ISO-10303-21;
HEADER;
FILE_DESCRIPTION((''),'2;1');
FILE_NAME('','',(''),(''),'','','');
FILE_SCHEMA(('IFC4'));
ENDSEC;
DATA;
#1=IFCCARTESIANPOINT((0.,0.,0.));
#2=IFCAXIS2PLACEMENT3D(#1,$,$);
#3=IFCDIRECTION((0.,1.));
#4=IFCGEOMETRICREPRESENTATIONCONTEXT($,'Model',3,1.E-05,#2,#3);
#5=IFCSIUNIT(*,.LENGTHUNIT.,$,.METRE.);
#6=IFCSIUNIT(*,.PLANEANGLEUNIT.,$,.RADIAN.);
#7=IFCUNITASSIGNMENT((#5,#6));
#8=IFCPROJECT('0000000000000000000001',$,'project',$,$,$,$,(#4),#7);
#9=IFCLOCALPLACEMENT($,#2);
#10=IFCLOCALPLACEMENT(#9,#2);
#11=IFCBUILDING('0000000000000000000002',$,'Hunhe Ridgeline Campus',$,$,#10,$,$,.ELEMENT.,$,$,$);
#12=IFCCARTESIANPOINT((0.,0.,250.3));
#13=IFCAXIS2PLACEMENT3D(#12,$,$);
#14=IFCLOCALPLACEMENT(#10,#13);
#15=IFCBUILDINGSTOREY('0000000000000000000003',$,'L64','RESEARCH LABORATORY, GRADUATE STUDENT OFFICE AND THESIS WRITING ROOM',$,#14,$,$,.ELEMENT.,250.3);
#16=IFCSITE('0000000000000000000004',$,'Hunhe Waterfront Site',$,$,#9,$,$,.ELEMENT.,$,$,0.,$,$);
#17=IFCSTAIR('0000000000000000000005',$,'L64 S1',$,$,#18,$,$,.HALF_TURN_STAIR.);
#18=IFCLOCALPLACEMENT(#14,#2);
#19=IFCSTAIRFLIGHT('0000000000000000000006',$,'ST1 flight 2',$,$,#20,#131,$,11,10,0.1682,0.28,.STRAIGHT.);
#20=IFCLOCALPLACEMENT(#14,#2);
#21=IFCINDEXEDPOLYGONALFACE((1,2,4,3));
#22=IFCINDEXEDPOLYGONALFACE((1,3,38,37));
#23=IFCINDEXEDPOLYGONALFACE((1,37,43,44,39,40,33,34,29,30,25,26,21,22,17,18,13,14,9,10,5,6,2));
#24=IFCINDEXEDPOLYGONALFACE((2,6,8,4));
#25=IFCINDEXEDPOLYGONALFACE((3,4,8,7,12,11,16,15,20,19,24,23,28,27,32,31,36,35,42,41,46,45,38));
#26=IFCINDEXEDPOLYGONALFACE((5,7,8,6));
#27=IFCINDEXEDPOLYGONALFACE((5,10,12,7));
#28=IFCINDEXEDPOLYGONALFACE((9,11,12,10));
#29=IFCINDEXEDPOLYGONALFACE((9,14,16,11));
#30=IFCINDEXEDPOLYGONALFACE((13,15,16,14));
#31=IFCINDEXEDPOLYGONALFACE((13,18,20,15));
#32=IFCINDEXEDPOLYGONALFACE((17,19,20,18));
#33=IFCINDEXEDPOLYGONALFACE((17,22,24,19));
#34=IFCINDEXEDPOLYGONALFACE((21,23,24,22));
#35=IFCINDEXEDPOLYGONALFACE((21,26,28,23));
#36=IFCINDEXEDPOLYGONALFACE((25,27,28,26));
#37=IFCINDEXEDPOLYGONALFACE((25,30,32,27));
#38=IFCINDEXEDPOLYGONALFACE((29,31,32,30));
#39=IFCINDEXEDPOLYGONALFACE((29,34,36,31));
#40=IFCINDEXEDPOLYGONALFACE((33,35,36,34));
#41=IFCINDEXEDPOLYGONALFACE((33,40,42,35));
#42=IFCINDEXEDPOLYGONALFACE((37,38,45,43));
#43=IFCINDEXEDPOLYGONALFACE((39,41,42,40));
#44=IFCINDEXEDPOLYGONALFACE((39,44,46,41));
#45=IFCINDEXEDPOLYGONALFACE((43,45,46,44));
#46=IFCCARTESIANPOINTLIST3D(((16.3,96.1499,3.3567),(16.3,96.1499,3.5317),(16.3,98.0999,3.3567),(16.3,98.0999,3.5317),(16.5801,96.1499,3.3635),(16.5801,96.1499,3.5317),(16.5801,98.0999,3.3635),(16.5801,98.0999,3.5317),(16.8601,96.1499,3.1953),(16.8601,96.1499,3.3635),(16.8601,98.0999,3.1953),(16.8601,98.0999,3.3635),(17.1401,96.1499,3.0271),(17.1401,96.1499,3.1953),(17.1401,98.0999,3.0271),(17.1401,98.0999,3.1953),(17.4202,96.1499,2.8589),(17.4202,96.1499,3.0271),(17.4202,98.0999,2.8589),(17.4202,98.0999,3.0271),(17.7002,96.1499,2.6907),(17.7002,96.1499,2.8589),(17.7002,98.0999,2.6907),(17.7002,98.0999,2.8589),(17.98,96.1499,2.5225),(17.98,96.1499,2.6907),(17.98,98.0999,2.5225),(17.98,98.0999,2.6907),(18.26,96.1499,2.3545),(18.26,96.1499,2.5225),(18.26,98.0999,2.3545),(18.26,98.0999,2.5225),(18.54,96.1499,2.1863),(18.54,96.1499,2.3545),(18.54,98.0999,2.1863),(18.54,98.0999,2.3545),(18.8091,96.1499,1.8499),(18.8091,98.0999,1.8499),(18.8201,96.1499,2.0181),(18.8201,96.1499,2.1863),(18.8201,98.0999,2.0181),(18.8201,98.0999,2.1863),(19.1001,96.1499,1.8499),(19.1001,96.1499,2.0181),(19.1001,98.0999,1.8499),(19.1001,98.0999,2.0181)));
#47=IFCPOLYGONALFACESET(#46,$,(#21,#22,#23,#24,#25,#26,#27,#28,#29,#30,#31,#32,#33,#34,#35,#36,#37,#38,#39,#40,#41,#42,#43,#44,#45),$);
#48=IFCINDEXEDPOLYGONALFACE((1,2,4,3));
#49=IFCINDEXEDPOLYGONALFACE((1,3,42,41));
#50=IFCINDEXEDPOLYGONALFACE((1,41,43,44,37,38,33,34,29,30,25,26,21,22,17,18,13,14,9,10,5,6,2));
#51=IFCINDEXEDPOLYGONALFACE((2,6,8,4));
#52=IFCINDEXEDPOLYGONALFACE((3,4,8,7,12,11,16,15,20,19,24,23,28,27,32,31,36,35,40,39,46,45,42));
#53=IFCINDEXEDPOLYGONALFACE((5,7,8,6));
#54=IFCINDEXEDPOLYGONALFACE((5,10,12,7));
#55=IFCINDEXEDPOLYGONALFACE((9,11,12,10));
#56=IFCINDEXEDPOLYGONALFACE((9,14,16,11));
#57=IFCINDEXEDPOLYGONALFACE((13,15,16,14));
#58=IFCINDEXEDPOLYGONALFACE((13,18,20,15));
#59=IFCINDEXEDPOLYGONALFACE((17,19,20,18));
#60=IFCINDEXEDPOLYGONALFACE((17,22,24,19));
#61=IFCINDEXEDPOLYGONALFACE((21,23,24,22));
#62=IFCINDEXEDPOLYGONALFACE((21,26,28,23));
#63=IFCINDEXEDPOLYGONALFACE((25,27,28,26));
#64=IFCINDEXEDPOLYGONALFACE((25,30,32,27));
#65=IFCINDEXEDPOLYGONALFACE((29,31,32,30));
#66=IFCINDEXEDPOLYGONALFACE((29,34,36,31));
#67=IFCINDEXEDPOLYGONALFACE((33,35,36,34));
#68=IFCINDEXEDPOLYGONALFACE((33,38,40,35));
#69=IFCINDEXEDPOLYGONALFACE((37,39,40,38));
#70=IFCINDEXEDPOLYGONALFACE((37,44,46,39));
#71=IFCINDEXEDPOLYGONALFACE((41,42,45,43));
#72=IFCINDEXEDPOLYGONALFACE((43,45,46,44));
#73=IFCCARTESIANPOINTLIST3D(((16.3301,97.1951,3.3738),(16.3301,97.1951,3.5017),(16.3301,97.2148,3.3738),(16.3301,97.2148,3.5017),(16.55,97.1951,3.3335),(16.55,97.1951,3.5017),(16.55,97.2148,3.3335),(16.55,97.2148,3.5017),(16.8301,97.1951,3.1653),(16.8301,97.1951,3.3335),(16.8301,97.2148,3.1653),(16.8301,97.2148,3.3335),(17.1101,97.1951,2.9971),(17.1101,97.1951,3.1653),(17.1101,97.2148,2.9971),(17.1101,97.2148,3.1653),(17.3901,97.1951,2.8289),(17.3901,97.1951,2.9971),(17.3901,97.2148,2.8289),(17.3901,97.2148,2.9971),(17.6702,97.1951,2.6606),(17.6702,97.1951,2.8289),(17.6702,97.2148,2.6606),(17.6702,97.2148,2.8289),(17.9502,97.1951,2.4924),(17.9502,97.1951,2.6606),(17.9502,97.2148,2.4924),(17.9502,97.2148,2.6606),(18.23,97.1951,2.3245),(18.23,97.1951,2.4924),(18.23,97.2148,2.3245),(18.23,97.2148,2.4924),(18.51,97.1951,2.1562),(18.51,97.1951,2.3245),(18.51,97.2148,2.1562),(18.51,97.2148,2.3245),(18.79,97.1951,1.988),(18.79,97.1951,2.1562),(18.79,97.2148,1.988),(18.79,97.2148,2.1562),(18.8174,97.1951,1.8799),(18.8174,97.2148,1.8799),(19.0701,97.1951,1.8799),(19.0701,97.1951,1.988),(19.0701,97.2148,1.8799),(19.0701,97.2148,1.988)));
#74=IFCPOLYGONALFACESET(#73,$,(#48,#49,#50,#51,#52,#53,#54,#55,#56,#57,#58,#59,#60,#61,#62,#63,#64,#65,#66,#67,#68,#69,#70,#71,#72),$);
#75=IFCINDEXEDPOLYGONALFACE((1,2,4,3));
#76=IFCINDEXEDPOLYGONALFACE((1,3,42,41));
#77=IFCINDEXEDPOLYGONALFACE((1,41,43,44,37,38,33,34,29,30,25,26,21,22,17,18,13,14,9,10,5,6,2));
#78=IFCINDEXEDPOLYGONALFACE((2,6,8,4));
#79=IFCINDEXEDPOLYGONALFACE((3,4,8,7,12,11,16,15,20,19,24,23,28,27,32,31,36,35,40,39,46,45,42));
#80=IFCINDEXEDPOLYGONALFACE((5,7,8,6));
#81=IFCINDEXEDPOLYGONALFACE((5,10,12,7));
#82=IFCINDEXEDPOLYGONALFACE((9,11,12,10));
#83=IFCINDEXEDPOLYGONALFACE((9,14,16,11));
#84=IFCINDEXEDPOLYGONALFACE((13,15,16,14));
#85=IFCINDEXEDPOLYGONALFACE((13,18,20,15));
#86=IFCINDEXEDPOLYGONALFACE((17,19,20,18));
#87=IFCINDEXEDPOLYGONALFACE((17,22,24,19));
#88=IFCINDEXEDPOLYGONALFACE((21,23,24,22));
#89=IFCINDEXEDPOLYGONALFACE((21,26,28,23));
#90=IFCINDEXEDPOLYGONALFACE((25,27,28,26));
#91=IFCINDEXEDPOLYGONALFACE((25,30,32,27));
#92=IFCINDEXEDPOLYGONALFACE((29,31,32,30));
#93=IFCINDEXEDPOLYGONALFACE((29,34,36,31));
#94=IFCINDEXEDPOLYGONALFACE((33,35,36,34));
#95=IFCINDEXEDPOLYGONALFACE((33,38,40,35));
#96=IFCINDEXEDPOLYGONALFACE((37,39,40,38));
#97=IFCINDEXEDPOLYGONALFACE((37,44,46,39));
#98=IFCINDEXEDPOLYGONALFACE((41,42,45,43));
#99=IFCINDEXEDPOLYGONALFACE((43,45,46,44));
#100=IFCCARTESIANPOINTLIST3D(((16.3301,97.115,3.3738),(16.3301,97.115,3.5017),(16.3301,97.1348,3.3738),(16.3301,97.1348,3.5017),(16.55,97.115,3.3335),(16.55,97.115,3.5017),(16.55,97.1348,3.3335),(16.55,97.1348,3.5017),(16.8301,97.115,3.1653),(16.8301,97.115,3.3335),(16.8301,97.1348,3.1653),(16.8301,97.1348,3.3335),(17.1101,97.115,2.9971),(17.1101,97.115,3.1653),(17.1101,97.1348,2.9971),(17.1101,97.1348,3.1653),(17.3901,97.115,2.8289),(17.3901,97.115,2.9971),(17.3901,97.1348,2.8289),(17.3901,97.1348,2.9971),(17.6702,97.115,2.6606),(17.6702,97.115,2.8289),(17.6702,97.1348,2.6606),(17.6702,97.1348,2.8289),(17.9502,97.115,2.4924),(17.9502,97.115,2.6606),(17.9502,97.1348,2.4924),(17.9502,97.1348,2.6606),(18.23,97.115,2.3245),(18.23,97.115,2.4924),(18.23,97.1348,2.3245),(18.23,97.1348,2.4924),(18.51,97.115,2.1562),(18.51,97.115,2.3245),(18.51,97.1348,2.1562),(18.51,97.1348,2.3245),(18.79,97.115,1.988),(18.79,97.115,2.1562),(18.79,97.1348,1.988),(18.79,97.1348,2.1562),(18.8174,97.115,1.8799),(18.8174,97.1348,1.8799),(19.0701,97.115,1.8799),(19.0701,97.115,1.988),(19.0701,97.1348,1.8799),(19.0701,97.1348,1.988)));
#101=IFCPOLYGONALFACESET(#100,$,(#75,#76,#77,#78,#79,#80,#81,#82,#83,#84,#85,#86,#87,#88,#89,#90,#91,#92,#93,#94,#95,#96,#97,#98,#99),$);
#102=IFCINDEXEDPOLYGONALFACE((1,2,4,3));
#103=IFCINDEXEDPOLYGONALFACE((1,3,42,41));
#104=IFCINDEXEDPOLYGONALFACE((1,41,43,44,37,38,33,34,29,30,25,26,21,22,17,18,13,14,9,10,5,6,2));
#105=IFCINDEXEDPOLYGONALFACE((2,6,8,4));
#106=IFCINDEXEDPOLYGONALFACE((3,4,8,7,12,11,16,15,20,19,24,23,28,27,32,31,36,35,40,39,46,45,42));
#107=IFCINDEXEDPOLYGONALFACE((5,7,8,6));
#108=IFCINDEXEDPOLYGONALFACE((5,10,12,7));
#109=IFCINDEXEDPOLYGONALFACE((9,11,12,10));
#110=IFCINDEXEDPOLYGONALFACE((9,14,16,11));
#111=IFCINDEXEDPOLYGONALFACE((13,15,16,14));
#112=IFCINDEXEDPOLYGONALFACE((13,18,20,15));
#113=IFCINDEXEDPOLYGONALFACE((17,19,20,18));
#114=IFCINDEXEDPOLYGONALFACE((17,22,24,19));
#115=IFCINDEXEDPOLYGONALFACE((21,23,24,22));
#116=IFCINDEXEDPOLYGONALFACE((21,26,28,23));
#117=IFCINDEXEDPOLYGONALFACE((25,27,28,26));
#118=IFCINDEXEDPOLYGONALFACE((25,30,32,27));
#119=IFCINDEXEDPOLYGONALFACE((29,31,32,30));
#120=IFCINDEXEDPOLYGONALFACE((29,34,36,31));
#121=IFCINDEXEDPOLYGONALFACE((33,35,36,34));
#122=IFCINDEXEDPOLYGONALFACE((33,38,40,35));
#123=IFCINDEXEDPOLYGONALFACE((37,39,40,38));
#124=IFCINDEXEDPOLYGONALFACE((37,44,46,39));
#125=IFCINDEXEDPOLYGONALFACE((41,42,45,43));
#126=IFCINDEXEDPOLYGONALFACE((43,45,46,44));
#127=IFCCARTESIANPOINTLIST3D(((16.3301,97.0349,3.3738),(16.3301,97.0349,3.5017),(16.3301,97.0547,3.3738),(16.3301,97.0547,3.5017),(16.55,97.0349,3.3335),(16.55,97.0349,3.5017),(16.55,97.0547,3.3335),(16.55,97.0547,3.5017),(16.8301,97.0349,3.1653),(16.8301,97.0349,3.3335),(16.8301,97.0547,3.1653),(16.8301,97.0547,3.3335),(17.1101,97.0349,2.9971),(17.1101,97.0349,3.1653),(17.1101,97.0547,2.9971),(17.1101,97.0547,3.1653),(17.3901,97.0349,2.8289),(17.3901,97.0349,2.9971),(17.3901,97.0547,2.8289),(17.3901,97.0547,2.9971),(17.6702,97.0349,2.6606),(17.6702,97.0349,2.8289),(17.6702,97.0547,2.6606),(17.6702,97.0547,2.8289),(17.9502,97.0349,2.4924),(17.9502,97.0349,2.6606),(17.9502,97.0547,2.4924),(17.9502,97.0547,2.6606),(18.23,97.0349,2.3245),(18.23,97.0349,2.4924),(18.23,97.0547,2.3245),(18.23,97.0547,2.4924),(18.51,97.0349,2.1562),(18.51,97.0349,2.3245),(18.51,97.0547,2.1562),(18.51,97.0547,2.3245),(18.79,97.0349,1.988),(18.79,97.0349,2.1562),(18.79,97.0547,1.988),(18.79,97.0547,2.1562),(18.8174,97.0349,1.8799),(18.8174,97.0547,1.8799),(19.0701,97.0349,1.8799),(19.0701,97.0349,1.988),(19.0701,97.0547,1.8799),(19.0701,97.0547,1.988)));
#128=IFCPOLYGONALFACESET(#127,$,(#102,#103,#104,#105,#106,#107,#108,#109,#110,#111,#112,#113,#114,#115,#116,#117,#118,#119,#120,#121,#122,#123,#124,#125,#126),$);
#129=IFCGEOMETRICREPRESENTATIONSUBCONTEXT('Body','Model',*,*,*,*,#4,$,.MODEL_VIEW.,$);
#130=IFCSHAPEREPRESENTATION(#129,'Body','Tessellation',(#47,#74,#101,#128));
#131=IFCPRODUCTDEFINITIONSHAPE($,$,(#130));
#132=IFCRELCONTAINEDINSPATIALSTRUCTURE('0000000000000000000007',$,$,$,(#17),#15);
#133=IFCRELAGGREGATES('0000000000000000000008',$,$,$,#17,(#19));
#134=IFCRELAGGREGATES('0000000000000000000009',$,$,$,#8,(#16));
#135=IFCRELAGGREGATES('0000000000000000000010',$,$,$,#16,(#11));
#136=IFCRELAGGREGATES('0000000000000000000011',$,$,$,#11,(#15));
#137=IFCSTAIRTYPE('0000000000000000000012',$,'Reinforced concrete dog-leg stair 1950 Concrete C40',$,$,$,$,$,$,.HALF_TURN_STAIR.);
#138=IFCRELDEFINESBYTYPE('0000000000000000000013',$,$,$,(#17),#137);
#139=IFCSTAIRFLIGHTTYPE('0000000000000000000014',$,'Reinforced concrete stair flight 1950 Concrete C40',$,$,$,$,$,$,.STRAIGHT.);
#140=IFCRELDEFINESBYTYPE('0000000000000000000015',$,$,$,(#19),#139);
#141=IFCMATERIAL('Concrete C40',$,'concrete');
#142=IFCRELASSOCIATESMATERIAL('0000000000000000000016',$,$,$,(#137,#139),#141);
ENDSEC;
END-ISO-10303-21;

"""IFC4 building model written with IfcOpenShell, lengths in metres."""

from ifc_helpers import new_model, si_unit, direction, frame, origin, place, context, subcontext, project, spatial, polyline, outline, extrude, material, type_object, element, aggregate, save


model = new_model("IFC4")

# Units and contexts
model_context = context("Model", 3, precision=1e-05, world=origin(), true_north=direction((0.0, 1.0)))
body_context = subcontext(model_context, "Body", "Model", "MODEL_VIEW")
ifc_project = project(units=[si_unit("LENGTHUNIT", "METRE"), si_unit("PLANEANGLEUNIT", "RADIAN")], contexts=[model_context])

# Site, building, storey
site_placement = place(None, origin())
site = spatial("IfcSite", under=ifc_project, at=site_placement, Name="Hunhe Waterfront Site", CompositionType="ELEMENT", RefElevation=0.0)
building_placement = place(site_placement, origin())
building = spatial("IfcBuilding", under=site, at=building_placement, Name="Hunhe Ridgeline Campus", CompositionType="ELEMENT")
storey_placement = place(building_placement, frame((0.0, 0.0, 250.3)))
storey = spatial("IfcBuildingStorey", under=building, at=storey_placement, Name="L64", Description="RESEARCH LABORATORY, GRADUATE STUDENT OFFICE AND THESIS WRITING ROOM", CompositionType="ELEMENT", Elevation=250.3)

# Stair, stair flight
ifc_material_1 = material(Name="Concrete C40", Category="concrete")
stair_type = type_object("IfcStairType", Name="Reinforced concrete dog-leg stair 1950 Concrete C40", PredefinedType="HALF_TURN_STAIR", material=ifc_material_1)
stair_placement = place(storey_placement, origin())
stair = element("IfcStair", 1, at=stair_placement, inside=storey, type_object=stair_type, Name="L64 S1", PredefinedType="HALF_TURN_STAIR")
stair_flight_type = type_object("IfcStairFlightType", Name="Reinforced concrete stair flight 1950 Concrete C40", PredefinedType="STRAIGHT", material=ifc_material_1)
stair_flight_1_placement = place(storey_placement, frame((19.1001, 97.125, 1.8499), z_axis=(0.0, 0.0, 1.0), x_axis=(-1.0, 0.0, 0.0)))
stair_flight_1 = element("IfcStairFlight", 2, at=stair_flight_1_placement, type_object=stair_flight_type, Name="ST1 flight 2", NumberOfRisers=11, NumberOfTreads=10, PredefinedType="STRAIGHT", RiserHeight=0.1682, TreadLength=0.28, context=body_context, shape_type="SweptSolid", body=[
    extrude(outline(polyline([(0.0, 0.0), (0.0, 0.1682), (0.28, 0.1682), (0.28, 0.3364), (0.5601, 0.3364), (0.5601, 0.5046), (0.8401, 0.5046), (0.8401, 0.6726), (1.1201, 0.6726), (1.1201, 0.8408), (1.3999, 0.8408), (1.3999, 1.009), (1.6799, 1.009), (1.6799, 1.1772), (1.96, 1.1772), (1.96, 1.3455), (2.24, 1.3455), (2.24, 1.5137), (2.52, 1.5137), (2.52, 1.6819), (2.8, 1.6819), (2.8, 1.8501), (2.8, 1.5068), (0.291, 0.0), (0.0, 0.0)])), frame((0.0, 0.9751, 0.0), z_axis=(0.0, -1.0, 0.0), x_axis=(1.0, 0.0, 0.0)), (0.0, 0.0, 1.0), 1.95),
    extrude(outline(polyline([(0.03, 0.03), (0.03, 0.1382), (0.3101, 0.1382), (0.3101, 0.3064), (0.5901, 0.3064), (0.5901, 0.4746), (0.8701, 0.4746), (0.8701, 0.6426), (1.1499, 0.6426), (1.1499, 0.8108), (1.4299, 0.8108), (1.4299, 0.979), (1.71, 0.979), (1.71, 1.1472), (1.99, 1.1472), (1.99, 1.3154), (2.27, 1.3154), (2.27, 1.4836), (2.55, 1.4836), (2.55, 1.6519), (2.77, 1.6519), (2.77, 1.5239), (0.2827, 0.03), (0.03, 0.03)])), frame((0.0, -0.0701, 0.0), z_axis=(0.0, -1.0, 0.0), x_axis=(1.0, 0.0, 0.0)), (0.0, 0.0, 1.0), 0.0198),
    extrude(outline(polyline([(0.03, 0.03), (0.03, 0.1382), (0.3101, 0.1382), (0.3101, 0.3064), (0.5901, 0.3064), (0.5901, 0.4746), (0.8701, 0.4746), (0.8701, 0.6426), (1.1499, 0.6426), (1.1499, 0.8108), (1.4299, 0.8108), (1.4299, 0.979), (1.71, 0.979), (1.71, 1.1472), (1.99, 1.1472), (1.99, 1.3154), (2.27, 1.3154), (2.27, 1.4836), (2.55, 1.4836), (2.55, 1.6519), (2.77, 1.6519), (2.77, 1.5239), (0.2827, 0.03), (0.03, 0.03)])), frame((0.0, 0.01, 0.0), z_axis=(0.0, -1.0, 0.0), x_axis=(1.0, 0.0, 0.0)), (0.0, 0.0, 1.0), 0.0198),
    extrude(outline(polyline([(0.03, 0.03), (0.03, 0.1382), (0.3101, 0.1382), (0.3101, 0.3064), (0.5901, 0.3064), (0.5901, 0.4746), (0.8701, 0.4746), (0.8701, 0.6426), (1.1499, 0.6426), (1.1499, 0.8108), (1.4299, 0.8108), (1.4299, 0.979), (1.71, 0.979), (1.71, 1.1472), (1.99, 1.1472), (1.99, 1.3154), (2.27, 1.3154), (2.27, 1.4836), (2.55, 1.4836), (2.55, 1.6519), (2.77, 1.6519), (2.77, 1.5239), (0.2827, 0.03), (0.03, 0.03)])), frame((0.0, 0.0901, 0.0), z_axis=(0.0, -1.0, 0.0), x_axis=(1.0, 0.0, 0.0)), (0.0, 0.0, 1.0), 0.0198),
])
aggregate(stair, [stair_flight_1])

save(model, "model.ifc")
